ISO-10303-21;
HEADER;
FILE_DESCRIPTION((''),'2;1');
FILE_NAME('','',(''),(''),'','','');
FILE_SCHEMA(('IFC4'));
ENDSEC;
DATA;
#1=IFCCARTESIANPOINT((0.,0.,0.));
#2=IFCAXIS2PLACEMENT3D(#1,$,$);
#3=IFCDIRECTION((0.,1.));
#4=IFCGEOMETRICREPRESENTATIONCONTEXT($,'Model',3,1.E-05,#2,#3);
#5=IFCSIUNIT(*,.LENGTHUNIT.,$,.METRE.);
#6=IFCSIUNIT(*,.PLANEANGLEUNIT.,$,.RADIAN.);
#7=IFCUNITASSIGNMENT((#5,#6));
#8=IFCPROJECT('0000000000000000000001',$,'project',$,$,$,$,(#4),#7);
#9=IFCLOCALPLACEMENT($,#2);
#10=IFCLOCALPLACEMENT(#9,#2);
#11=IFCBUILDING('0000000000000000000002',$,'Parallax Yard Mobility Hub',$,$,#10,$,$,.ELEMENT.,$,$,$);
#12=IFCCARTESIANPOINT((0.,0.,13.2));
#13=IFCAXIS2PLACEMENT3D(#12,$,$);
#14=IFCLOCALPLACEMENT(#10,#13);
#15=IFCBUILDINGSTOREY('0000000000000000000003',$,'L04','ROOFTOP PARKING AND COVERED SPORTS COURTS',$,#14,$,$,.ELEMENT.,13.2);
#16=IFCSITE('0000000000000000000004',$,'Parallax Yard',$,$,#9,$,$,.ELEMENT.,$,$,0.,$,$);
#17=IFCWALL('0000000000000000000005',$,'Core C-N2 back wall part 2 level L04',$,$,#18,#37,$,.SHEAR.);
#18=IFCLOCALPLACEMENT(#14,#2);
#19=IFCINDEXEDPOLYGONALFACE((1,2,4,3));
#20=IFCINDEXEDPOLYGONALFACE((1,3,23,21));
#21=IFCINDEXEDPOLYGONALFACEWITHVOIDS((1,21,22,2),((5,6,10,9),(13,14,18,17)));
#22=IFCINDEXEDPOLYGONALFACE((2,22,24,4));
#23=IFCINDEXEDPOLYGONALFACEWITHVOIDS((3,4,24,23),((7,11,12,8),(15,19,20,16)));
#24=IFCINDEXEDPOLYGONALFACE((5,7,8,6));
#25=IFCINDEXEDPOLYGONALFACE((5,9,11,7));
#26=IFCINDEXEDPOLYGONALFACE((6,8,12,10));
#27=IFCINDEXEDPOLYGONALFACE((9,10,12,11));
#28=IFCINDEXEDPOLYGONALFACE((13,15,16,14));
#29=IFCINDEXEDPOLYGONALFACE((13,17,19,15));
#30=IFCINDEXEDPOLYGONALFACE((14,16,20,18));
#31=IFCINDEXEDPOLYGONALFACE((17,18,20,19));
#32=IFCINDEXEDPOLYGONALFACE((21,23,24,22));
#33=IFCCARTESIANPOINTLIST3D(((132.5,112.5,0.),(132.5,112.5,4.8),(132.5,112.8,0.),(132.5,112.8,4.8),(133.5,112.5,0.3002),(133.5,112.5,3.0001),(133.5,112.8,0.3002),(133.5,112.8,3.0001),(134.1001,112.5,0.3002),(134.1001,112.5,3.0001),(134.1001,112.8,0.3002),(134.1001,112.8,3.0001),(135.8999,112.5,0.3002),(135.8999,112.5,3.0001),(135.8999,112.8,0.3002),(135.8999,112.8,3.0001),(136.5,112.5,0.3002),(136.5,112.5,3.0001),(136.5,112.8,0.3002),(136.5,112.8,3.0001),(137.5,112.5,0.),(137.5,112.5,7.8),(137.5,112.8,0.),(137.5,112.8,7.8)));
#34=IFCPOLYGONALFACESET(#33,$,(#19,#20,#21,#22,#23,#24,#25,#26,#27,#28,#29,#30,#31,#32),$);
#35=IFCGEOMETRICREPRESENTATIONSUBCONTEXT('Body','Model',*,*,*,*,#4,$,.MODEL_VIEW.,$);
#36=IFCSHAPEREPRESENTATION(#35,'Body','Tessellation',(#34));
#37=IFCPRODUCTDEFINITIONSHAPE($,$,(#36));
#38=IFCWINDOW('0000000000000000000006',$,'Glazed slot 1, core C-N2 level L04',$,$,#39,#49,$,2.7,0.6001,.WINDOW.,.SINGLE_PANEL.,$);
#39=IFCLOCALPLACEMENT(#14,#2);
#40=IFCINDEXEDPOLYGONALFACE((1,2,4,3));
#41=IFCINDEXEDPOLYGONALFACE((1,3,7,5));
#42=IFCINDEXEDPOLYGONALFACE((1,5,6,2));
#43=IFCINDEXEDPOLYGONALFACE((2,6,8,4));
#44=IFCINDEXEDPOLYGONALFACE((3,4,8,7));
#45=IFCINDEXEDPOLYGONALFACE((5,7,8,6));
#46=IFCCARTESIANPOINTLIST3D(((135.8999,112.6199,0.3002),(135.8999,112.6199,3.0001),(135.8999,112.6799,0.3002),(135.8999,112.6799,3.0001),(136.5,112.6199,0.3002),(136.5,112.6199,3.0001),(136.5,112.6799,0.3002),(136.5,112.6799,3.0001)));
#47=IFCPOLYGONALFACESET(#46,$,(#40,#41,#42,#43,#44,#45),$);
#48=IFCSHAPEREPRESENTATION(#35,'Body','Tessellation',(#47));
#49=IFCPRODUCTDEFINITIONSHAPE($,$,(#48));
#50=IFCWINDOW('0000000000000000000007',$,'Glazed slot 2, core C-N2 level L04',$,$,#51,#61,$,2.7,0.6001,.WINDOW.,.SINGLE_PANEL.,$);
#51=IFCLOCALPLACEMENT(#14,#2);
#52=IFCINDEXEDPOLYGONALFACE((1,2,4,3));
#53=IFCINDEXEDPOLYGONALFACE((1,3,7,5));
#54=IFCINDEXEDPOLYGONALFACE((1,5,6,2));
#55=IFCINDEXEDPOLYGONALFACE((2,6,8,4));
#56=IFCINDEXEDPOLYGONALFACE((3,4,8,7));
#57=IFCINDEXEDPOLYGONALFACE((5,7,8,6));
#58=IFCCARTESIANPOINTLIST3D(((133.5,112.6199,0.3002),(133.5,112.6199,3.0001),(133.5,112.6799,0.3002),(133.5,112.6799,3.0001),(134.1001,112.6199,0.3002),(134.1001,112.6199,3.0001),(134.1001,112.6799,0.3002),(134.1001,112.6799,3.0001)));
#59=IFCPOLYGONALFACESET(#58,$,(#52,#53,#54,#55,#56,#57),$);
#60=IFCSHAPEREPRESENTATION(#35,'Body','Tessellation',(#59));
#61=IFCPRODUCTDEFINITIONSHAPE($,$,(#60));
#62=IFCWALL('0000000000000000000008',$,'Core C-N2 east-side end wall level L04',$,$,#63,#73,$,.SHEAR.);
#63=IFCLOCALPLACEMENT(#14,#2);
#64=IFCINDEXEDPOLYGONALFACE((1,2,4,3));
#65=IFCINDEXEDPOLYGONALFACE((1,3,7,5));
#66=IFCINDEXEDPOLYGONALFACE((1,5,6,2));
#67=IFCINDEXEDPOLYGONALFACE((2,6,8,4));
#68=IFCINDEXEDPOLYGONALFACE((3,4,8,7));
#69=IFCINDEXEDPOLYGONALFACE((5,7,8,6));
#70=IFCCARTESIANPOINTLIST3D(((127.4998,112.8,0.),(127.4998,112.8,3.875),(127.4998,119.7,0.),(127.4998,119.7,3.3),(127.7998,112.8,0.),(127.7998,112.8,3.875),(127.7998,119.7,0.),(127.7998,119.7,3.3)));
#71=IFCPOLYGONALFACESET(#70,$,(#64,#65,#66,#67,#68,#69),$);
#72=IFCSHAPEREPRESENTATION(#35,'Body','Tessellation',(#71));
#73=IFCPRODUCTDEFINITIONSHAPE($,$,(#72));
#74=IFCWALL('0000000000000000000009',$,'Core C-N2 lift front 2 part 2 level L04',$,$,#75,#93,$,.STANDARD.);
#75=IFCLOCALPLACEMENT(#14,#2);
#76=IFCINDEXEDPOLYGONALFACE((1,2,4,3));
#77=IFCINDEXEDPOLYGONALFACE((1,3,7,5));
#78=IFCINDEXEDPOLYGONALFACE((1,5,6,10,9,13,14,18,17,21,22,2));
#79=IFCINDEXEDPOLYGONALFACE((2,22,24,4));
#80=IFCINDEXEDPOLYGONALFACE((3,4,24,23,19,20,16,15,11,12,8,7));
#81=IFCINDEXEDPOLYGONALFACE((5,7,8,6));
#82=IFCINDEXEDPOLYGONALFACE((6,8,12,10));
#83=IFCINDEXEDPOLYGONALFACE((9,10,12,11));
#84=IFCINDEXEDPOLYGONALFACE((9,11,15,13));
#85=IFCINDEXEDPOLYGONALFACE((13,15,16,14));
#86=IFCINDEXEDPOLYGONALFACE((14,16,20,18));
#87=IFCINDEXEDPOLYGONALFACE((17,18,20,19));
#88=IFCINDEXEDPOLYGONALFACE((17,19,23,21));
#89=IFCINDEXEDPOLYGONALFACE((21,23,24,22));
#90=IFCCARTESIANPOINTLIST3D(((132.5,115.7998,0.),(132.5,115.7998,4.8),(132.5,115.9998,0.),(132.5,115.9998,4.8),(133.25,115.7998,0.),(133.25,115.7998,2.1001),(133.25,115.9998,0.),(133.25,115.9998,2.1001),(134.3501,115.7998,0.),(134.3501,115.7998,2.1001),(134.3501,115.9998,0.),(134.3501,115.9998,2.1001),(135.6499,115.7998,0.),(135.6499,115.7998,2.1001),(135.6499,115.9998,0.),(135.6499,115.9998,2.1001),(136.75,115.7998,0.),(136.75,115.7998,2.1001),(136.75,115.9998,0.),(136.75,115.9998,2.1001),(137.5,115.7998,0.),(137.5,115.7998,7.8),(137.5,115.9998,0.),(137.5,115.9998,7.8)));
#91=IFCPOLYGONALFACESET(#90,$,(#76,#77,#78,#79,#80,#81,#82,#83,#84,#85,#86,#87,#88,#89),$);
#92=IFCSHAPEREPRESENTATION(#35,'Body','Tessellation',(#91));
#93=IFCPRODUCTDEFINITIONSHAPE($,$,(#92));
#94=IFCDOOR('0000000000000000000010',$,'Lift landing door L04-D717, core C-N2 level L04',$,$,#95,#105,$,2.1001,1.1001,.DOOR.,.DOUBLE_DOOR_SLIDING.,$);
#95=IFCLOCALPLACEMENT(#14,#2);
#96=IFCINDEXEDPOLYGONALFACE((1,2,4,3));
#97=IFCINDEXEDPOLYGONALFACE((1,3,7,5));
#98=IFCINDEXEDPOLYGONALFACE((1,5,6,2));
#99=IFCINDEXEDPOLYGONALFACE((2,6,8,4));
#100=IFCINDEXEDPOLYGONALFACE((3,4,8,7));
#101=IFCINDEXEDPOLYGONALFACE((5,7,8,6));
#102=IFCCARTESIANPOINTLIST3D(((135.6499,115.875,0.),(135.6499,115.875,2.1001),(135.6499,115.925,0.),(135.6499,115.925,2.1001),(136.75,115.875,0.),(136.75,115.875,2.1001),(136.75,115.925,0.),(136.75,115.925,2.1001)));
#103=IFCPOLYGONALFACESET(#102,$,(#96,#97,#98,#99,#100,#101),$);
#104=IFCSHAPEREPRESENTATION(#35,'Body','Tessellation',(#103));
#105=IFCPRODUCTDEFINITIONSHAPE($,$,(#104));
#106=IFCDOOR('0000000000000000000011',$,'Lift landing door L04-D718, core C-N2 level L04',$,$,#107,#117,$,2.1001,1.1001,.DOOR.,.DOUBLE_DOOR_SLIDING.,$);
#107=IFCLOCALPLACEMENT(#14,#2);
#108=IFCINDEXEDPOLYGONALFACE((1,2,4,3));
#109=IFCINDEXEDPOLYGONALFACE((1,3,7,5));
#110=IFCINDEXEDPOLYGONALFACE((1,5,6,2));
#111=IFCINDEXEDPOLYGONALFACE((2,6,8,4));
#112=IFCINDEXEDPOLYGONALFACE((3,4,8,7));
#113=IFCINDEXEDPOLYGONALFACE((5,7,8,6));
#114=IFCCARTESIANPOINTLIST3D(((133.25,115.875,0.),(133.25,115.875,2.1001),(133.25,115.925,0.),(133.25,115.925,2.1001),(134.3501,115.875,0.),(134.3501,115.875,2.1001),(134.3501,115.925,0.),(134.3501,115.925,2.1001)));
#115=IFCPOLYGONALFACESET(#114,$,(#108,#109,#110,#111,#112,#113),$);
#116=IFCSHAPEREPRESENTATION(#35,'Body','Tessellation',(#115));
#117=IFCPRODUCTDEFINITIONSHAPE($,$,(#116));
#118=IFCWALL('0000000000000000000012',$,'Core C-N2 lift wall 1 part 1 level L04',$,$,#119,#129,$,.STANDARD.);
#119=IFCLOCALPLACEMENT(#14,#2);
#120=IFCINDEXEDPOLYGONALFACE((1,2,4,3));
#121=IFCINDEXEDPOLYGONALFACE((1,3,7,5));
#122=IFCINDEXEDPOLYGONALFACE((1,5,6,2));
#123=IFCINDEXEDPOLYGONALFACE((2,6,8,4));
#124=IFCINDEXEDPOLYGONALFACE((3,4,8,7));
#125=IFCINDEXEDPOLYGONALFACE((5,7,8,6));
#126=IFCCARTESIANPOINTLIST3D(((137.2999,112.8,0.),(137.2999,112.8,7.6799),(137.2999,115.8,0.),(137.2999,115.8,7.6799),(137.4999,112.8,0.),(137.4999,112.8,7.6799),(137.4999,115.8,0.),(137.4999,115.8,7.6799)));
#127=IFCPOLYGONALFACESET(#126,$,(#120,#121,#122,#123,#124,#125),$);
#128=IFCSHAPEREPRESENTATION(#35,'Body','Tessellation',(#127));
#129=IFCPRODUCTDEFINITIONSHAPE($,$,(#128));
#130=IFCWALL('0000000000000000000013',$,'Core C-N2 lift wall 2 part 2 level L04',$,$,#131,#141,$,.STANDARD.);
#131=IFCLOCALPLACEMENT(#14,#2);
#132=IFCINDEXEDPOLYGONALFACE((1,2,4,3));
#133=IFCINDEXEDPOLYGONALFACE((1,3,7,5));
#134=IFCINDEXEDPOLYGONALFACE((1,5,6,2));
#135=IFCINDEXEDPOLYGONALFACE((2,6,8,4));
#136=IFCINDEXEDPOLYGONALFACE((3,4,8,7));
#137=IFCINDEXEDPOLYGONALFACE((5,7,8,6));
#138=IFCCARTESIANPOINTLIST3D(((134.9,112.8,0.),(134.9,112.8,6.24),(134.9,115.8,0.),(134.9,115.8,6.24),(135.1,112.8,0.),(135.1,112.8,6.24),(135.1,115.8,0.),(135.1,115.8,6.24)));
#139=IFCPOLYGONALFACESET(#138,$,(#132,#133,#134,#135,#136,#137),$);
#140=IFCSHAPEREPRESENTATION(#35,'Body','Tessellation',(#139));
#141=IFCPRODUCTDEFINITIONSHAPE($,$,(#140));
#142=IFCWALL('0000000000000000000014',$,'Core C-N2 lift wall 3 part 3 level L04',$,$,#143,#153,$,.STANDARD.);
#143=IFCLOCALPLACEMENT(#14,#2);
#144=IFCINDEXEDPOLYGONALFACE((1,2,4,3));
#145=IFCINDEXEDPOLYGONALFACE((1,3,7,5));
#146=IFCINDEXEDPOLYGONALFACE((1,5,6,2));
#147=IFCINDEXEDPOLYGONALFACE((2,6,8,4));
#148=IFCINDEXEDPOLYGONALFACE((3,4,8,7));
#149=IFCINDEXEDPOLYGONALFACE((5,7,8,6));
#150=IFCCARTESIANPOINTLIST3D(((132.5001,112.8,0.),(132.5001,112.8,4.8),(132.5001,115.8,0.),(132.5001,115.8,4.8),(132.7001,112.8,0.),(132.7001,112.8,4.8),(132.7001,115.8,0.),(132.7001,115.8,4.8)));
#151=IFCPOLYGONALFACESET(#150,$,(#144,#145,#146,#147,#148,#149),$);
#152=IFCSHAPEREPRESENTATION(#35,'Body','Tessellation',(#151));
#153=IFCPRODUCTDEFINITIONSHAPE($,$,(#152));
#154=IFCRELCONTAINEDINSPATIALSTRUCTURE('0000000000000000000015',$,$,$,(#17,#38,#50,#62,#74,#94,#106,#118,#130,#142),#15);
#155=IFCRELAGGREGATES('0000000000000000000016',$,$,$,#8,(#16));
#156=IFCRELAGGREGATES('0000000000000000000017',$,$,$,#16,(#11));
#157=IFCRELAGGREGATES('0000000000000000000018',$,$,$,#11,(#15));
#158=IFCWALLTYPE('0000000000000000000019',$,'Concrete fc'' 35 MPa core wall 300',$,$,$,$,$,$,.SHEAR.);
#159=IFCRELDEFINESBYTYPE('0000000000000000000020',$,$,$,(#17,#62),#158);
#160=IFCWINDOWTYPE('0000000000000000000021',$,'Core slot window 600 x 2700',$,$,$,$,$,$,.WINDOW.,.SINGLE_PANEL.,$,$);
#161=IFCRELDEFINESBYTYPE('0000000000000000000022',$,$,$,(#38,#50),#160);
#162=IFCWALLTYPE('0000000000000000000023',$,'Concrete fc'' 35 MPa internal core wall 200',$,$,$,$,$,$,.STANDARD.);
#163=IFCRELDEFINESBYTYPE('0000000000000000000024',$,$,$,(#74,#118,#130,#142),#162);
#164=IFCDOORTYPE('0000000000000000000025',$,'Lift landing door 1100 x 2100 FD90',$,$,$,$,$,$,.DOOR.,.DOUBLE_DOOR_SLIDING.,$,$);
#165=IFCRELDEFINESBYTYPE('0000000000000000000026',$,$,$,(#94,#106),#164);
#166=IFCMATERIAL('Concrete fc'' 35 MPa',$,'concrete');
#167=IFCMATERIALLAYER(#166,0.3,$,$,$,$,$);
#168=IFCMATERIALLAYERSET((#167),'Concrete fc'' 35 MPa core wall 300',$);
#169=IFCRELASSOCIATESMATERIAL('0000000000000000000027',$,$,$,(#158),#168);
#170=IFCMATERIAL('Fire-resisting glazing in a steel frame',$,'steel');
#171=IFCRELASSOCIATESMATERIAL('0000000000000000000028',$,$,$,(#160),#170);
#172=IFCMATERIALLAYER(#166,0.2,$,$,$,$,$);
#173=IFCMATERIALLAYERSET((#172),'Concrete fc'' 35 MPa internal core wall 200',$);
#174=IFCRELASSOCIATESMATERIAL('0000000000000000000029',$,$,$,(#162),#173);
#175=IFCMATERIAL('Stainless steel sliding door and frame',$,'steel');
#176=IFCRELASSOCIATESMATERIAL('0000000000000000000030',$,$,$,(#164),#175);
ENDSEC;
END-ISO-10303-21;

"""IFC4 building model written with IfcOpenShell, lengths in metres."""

from ifc_helpers import new_model, si_unit, direction, frame, frame_2d, origin, place, context, subcontext, project, spatial, polyline, rectangle, outline, extrude, material, layer, layer_set, type_object, element, fill, save


model = new_model("IFC4")

# Units and contexts
model_context = context("Model", 3, precision=1e-05, world=origin(), true_north=direction((0.0, 1.0)))
body_context = subcontext(model_context, "Body", "Model", "MODEL_VIEW")
ifc_project = project(units=[si_unit("LENGTHUNIT", "METRE"), si_unit("PLANEANGLEUNIT", "RADIAN")], contexts=[model_context])

# Site, building, storey
site_placement = place(None, origin())
site = spatial("IfcSite", under=ifc_project, at=site_placement, Name="Parallax Yard", CompositionType="ELEMENT", RefElevation=0.0)
building_placement = place(site_placement, origin())
building = spatial("IfcBuilding", under=site, at=building_placement, Name="Parallax Yard Mobility Hub", CompositionType="ELEMENT")
storey_placement = place(building_placement, frame((0.0, 0.0, 13.2)))
storey = spatial("IfcBuildingStorey", under=building, at=storey_placement, Name="L04", Description="ROOFTOP PARKING AND COVERED SPORTS COURTS", CompositionType="ELEMENT", Elevation=13.2)

# Shared definitions
ifc_material_1 = material(Name="Concrete fc' 35 MPa", Category="concrete")
ifc_layer_1 = layer(ifc_material_1, 0.3)
ifc_layer_set_1 = layer_set([ifc_layer_1], Name="Concrete fc' 35 MPa core wall 300")
wall_type_1 = type_object("IfcWallType", Name="Concrete fc' 35 MPa core wall 300", PredefinedType="SHEAR", material=ifc_layer_set_1)

# Wall, openings, windows
wall_1_placement = place(storey_placement, frame((137.5, 112.6499, 0.0), z_axis=(0.0, 0.0, 1.0), x_axis=(-1.0, 0.0, 0.0)))
wall_1 = element("IfcWall", 1, at=wall_1_placement, inside=storey, type_object=wall_type_1, Name="Core C-N2 back wall part 2 level L04", PredefinedType="SHEAR", context=body_context, shape_type="SweptSolid", body=[
    extrude(outline(polyline([(0.0, 0.0), (5.0, 0.0), (5.0, 4.8), (0.0, 7.8), (0.0, 0.0)])), frame((0.0, 0.1499, 0.0), z_axis=(0.0, -1.0, 0.0), x_axis=(1.0, 0.0, 0.0)), (0.0, 0.0, 1.0), 0.3),
])
opening_1_placement = place(wall_1_placement, frame((1.0, 0.0, 0.3)))
opening_1 = element("IfcOpeningElement", 2, at=opening_1_placement, cuts=wall_1, PredefinedType="OPENING", context=body_context, shape_type="SweptSolid", body=[
    extrude(rectangle(XDim=0.6001, YDim=2.7, at=frame_2d((0.3, 1.3501))), frame((0.0, 0.1602, 0.0), z_axis=(0.0, -1.0, 0.0), x_axis=(1.0, 0.0, 0.0)), (0.0, 0.0, 1.0), 0.3201),
])
opening_2_placement = place(wall_1_placement, frame((3.3999, 0.0, 0.3)))
opening_2 = element("IfcOpeningElement", 3, at=opening_2_placement, cuts=wall_1, PredefinedType="OPENING", context=body_context, shape_type="SweptSolid", body=[
    extrude(rectangle(XDim=0.6001, YDim=2.7, at=frame_2d((0.3, 1.3501))), frame((0.0, 0.1602, 0.0), z_axis=(0.0, -1.0, 0.0), x_axis=(1.0, 0.0, 0.0)), (0.0, 0.0, 1.0), 0.3201),
])
ifc_material_2 = material(Name="Fire-resisting glazing in a steel frame", Category="steel")
window_type = type_object("IfcWindowType", Name="Core slot window 600 x 2700", PartitioningType="SINGLE_PANEL", PredefinedType="WINDOW", material=ifc_material_2)
window_1_placement = place(opening_1_placement, origin())
window_1 = element("IfcWindow", 4, at=window_1_placement, inside=storey, type_object=window_type, Name="Glazed slot 1, core C-N2 level L04", OverallHeight=2.7, OverallWidth=0.6001, PartitioningType="SINGLE_PANEL", PredefinedType="WINDOW", context=body_context, shape_type="SweptSolid", body=[
    extrude(rectangle(XDim=0.6001, YDim=2.7, at=frame_2d((0.3, 1.3501))), frame((0.0, 0.03, 0.0), z_axis=(0.0, -1.0, 0.0), x_axis=(1.0, 0.0, 0.0)), (0.0, 0.0, 1.0), 0.0601),
])
fill(opening_1, window_1)
window_2_placement = place(opening_2_placement, origin())
window_2 = element("IfcWindow", 5, at=window_2_placement, inside=storey, type_object=window_type, Name="Glazed slot 2, core C-N2 level L04", OverallHeight=2.7, OverallWidth=0.6001, PartitioningType="SINGLE_PANEL", PredefinedType="WINDOW", context=body_context, shape_type="SweptSolid", body=[
    extrude(rectangle(XDim=0.6001, YDim=2.7, at=frame_2d((0.3, 1.3501))), frame((0.0, 0.03, 0.0), z_axis=(0.0, -1.0, 0.0), x_axis=(1.0, 0.0, 0.0)), (0.0, 0.0, 1.0), 0.0601),
])
fill(opening_2, window_2)

# Wall
wall_2_placement = place(storey_placement, frame((127.6499, 119.7, 0.0), z_axis=(0.0, 0.0, 1.0), x_axis=(0.0, -1.0, 0.0)))
element("IfcWall", 6, at=wall_2_placement, inside=storey, type_object=wall_type_1, Name="Core C-N2 east-side end wall level L04", PredefinedType="SHEAR", context=body_context, shape_type="SweptSolid", body=[
    extrude(outline(polyline([(0.0, 0.0), (6.8999, 0.0), (6.8999, 3.875), (0.0, 3.3), (0.0, 0.0)])), frame((0.0, 0.1499, 0.0), z_axis=(0.0, -1.0, 0.0), x_axis=(1.0, 0.0, 0.0)), (0.0, 0.0, 1.0), 0.3),
])

# Wall, openings, doors
ifc_layer_2 = layer(ifc_material_1, 0.2)
ifc_layer_set_2 = layer_set([ifc_layer_2], Name="Concrete fc' 35 MPa internal core wall 200")
wall_type_2 = type_object("IfcWallType", Name="Concrete fc' 35 MPa internal core wall 200", PredefinedType="STANDARD", material=ifc_layer_set_2)
wall_3_placement = place(storey_placement, frame((137.5, 115.8999, 0.0), z_axis=(0.0, 0.0, 1.0), x_axis=(-1.0, 0.0, 0.0)))
wall_3 = element("IfcWall", 7, at=wall_3_placement, inside=storey, type_object=wall_type_2, Name="Core C-N2 lift front 2 part 2 level L04", PredefinedType="STANDARD", context=body_context, shape_type="SweptSolid", body=[
    extrude(outline(polyline([(0.0, 0.0), (5.0, 0.0), (5.0, 4.8), (0.0, 7.8), (0.0, 0.0)])), frame((0.0, 0.1001, 0.0), z_axis=(0.0, -1.0, 0.0), x_axis=(1.0, 0.0, 0.0)), (0.0, 0.0, 1.0), 0.2),
])
opening_3_placement = place(wall_3_placement, frame((0.75, 0.0, 0.0)))
opening_3 = element("IfcOpeningElement", 8, at=opening_3_placement, cuts=wall_3, PredefinedType="OPENING", context=body_context, shape_type="SweptSolid", body=[
    extrude(rectangle(XDim=1.1001, YDim=2.1001, at=frame_2d((0.55, 1.05))), frame((0.0, 0.1099, 0.0), z_axis=(0.0, -1.0, 0.0), x_axis=(1.0, 0.0, 0.0)), (0.0, 0.0, 1.0), 0.22),
])
opening_4_placement = place(wall_3_placement, frame((3.1499, 0.0, 0.0)))
opening_4 = element("IfcOpeningElement", 9, at=opening_4_placement, cuts=wall_3, PredefinedType="OPENING", context=body_context, shape_type="SweptSolid", body=[
    extrude(rectangle(XDim=1.1001, YDim=2.1001, at=frame_2d((0.55, 1.05))), frame((0.0, 0.1099, 0.0), z_axis=(0.0, -1.0, 0.0), x_axis=(1.0, 0.0, 0.0)), (0.0, 0.0, 1.0), 0.22),
])
ifc_material_3 = material(Name="Stainless steel sliding door and frame", Category="steel")
door_type_1 = type_object("IfcDoorType", Name="Lift landing door 1100 x 2100 FD90", OperationType="DOUBLE_DOOR_SLIDING", PredefinedType="DOOR", material=ifc_material_3)
door_1_placement = place(opening_3_placement, origin())
door_1 = element("IfcDoor", 10, at=door_1_placement, inside=storey, type_object=door_type_1, Name="Lift landing door L04-D717, core C-N2 level L04", OperationType="DOUBLE_DOOR_SLIDING", OverallHeight=2.1001, OverallWidth=1.1001, PredefinedType="DOOR", context=body_context, shape_type="SweptSolid", body=[
    extrude(rectangle(XDim=1.1001, YDim=2.1001, at=frame_2d((0.55, 1.05))), frame((0.0, 0.0249, 0.0), z_axis=(0.0, -1.0, 0.0), x_axis=(1.0, 0.0, 0.0)), (0.0, 0.0, 1.0), 0.05),
])
fill(opening_3, door_1)
door_2_placement = place(opening_4_placement, origin())
door_2 = element("IfcDoor", 11, at=door_2_placement, inside=storey, type_object=door_type_1, Name="Lift landing door L04-D718, core C-N2 level L04", OperationType="DOUBLE_DOOR_SLIDING", OverallHeight=2.1001, OverallWidth=1.1001, PredefinedType="DOOR", context=body_context, shape_type="SweptSolid", body=[
    extrude(rectangle(XDim=1.1001, YDim=2.1001, at=frame_2d((0.55, 1.05))), frame((0.0, 0.0249, 0.0), z_axis=(0.0, -1.0, 0.0), x_axis=(1.0, 0.0, 0.0)), (0.0, 0.0, 1.0), 0.05),
])
fill(opening_4, door_2)

# Walls
wall_4_placement = place(storey_placement, frame((137.3999, 115.8, 0.0), z_axis=(0.0, 0.0, 1.0), x_axis=(0.0, -1.0, 0.0)))
element("IfcWall", 12, at=wall_4_placement, inside=storey, type_object=wall_type_2, Name="Core C-N2 lift wall 1 part 1 level L04", PredefinedType="STANDARD", context=body_context, shape_type="SweptSolid", body=[
    extrude(rectangle(XDim=3.0, YDim=0.2, at=frame_2d((1.5, 0.0))), origin(), (0.0, 0.0, 1.0), 7.6799),
])
wall_5_placement = place(storey_placement, frame((135.0, 115.8, 0.0), z_axis=(0.0, 0.0, 1.0), x_axis=(0.0, -1.0, 0.0)))
element("IfcWall", 13, at=wall_5_placement, inside=storey, type_object=wall_type_2, Name="Core C-N2 lift wall 2 part 2 level L04", PredefinedType="STANDARD", context=body_context, shape_type="SweptSolid", body=[
    extrude(rectangle(XDim=3.0, YDim=0.2, at=frame_2d((1.5, 0.0))), origin(), (0.0, 0.0, 1.0), 6.24),
])
wall_6_placement = place(storey_placement, frame((132.6001, 115.8, 0.0), z_axis=(0.0, 0.0, 1.0), x_axis=(0.0, -1.0, 0.0)))
element("IfcWall", 14, at=wall_6_placement, inside=storey, type_object=wall_type_2, Name="Core C-N2 lift wall 3 part 3 level L04", PredefinedType="STANDARD", context=body_context, shape_type="SweptSolid", body=[
    extrude(rectangle(XDim=3.0, YDim=0.2, at=frame_2d((1.5, 0.0))), origin(), (0.0, 0.0, 1.0), 4.8),
])

save(model, "model.ifc")
